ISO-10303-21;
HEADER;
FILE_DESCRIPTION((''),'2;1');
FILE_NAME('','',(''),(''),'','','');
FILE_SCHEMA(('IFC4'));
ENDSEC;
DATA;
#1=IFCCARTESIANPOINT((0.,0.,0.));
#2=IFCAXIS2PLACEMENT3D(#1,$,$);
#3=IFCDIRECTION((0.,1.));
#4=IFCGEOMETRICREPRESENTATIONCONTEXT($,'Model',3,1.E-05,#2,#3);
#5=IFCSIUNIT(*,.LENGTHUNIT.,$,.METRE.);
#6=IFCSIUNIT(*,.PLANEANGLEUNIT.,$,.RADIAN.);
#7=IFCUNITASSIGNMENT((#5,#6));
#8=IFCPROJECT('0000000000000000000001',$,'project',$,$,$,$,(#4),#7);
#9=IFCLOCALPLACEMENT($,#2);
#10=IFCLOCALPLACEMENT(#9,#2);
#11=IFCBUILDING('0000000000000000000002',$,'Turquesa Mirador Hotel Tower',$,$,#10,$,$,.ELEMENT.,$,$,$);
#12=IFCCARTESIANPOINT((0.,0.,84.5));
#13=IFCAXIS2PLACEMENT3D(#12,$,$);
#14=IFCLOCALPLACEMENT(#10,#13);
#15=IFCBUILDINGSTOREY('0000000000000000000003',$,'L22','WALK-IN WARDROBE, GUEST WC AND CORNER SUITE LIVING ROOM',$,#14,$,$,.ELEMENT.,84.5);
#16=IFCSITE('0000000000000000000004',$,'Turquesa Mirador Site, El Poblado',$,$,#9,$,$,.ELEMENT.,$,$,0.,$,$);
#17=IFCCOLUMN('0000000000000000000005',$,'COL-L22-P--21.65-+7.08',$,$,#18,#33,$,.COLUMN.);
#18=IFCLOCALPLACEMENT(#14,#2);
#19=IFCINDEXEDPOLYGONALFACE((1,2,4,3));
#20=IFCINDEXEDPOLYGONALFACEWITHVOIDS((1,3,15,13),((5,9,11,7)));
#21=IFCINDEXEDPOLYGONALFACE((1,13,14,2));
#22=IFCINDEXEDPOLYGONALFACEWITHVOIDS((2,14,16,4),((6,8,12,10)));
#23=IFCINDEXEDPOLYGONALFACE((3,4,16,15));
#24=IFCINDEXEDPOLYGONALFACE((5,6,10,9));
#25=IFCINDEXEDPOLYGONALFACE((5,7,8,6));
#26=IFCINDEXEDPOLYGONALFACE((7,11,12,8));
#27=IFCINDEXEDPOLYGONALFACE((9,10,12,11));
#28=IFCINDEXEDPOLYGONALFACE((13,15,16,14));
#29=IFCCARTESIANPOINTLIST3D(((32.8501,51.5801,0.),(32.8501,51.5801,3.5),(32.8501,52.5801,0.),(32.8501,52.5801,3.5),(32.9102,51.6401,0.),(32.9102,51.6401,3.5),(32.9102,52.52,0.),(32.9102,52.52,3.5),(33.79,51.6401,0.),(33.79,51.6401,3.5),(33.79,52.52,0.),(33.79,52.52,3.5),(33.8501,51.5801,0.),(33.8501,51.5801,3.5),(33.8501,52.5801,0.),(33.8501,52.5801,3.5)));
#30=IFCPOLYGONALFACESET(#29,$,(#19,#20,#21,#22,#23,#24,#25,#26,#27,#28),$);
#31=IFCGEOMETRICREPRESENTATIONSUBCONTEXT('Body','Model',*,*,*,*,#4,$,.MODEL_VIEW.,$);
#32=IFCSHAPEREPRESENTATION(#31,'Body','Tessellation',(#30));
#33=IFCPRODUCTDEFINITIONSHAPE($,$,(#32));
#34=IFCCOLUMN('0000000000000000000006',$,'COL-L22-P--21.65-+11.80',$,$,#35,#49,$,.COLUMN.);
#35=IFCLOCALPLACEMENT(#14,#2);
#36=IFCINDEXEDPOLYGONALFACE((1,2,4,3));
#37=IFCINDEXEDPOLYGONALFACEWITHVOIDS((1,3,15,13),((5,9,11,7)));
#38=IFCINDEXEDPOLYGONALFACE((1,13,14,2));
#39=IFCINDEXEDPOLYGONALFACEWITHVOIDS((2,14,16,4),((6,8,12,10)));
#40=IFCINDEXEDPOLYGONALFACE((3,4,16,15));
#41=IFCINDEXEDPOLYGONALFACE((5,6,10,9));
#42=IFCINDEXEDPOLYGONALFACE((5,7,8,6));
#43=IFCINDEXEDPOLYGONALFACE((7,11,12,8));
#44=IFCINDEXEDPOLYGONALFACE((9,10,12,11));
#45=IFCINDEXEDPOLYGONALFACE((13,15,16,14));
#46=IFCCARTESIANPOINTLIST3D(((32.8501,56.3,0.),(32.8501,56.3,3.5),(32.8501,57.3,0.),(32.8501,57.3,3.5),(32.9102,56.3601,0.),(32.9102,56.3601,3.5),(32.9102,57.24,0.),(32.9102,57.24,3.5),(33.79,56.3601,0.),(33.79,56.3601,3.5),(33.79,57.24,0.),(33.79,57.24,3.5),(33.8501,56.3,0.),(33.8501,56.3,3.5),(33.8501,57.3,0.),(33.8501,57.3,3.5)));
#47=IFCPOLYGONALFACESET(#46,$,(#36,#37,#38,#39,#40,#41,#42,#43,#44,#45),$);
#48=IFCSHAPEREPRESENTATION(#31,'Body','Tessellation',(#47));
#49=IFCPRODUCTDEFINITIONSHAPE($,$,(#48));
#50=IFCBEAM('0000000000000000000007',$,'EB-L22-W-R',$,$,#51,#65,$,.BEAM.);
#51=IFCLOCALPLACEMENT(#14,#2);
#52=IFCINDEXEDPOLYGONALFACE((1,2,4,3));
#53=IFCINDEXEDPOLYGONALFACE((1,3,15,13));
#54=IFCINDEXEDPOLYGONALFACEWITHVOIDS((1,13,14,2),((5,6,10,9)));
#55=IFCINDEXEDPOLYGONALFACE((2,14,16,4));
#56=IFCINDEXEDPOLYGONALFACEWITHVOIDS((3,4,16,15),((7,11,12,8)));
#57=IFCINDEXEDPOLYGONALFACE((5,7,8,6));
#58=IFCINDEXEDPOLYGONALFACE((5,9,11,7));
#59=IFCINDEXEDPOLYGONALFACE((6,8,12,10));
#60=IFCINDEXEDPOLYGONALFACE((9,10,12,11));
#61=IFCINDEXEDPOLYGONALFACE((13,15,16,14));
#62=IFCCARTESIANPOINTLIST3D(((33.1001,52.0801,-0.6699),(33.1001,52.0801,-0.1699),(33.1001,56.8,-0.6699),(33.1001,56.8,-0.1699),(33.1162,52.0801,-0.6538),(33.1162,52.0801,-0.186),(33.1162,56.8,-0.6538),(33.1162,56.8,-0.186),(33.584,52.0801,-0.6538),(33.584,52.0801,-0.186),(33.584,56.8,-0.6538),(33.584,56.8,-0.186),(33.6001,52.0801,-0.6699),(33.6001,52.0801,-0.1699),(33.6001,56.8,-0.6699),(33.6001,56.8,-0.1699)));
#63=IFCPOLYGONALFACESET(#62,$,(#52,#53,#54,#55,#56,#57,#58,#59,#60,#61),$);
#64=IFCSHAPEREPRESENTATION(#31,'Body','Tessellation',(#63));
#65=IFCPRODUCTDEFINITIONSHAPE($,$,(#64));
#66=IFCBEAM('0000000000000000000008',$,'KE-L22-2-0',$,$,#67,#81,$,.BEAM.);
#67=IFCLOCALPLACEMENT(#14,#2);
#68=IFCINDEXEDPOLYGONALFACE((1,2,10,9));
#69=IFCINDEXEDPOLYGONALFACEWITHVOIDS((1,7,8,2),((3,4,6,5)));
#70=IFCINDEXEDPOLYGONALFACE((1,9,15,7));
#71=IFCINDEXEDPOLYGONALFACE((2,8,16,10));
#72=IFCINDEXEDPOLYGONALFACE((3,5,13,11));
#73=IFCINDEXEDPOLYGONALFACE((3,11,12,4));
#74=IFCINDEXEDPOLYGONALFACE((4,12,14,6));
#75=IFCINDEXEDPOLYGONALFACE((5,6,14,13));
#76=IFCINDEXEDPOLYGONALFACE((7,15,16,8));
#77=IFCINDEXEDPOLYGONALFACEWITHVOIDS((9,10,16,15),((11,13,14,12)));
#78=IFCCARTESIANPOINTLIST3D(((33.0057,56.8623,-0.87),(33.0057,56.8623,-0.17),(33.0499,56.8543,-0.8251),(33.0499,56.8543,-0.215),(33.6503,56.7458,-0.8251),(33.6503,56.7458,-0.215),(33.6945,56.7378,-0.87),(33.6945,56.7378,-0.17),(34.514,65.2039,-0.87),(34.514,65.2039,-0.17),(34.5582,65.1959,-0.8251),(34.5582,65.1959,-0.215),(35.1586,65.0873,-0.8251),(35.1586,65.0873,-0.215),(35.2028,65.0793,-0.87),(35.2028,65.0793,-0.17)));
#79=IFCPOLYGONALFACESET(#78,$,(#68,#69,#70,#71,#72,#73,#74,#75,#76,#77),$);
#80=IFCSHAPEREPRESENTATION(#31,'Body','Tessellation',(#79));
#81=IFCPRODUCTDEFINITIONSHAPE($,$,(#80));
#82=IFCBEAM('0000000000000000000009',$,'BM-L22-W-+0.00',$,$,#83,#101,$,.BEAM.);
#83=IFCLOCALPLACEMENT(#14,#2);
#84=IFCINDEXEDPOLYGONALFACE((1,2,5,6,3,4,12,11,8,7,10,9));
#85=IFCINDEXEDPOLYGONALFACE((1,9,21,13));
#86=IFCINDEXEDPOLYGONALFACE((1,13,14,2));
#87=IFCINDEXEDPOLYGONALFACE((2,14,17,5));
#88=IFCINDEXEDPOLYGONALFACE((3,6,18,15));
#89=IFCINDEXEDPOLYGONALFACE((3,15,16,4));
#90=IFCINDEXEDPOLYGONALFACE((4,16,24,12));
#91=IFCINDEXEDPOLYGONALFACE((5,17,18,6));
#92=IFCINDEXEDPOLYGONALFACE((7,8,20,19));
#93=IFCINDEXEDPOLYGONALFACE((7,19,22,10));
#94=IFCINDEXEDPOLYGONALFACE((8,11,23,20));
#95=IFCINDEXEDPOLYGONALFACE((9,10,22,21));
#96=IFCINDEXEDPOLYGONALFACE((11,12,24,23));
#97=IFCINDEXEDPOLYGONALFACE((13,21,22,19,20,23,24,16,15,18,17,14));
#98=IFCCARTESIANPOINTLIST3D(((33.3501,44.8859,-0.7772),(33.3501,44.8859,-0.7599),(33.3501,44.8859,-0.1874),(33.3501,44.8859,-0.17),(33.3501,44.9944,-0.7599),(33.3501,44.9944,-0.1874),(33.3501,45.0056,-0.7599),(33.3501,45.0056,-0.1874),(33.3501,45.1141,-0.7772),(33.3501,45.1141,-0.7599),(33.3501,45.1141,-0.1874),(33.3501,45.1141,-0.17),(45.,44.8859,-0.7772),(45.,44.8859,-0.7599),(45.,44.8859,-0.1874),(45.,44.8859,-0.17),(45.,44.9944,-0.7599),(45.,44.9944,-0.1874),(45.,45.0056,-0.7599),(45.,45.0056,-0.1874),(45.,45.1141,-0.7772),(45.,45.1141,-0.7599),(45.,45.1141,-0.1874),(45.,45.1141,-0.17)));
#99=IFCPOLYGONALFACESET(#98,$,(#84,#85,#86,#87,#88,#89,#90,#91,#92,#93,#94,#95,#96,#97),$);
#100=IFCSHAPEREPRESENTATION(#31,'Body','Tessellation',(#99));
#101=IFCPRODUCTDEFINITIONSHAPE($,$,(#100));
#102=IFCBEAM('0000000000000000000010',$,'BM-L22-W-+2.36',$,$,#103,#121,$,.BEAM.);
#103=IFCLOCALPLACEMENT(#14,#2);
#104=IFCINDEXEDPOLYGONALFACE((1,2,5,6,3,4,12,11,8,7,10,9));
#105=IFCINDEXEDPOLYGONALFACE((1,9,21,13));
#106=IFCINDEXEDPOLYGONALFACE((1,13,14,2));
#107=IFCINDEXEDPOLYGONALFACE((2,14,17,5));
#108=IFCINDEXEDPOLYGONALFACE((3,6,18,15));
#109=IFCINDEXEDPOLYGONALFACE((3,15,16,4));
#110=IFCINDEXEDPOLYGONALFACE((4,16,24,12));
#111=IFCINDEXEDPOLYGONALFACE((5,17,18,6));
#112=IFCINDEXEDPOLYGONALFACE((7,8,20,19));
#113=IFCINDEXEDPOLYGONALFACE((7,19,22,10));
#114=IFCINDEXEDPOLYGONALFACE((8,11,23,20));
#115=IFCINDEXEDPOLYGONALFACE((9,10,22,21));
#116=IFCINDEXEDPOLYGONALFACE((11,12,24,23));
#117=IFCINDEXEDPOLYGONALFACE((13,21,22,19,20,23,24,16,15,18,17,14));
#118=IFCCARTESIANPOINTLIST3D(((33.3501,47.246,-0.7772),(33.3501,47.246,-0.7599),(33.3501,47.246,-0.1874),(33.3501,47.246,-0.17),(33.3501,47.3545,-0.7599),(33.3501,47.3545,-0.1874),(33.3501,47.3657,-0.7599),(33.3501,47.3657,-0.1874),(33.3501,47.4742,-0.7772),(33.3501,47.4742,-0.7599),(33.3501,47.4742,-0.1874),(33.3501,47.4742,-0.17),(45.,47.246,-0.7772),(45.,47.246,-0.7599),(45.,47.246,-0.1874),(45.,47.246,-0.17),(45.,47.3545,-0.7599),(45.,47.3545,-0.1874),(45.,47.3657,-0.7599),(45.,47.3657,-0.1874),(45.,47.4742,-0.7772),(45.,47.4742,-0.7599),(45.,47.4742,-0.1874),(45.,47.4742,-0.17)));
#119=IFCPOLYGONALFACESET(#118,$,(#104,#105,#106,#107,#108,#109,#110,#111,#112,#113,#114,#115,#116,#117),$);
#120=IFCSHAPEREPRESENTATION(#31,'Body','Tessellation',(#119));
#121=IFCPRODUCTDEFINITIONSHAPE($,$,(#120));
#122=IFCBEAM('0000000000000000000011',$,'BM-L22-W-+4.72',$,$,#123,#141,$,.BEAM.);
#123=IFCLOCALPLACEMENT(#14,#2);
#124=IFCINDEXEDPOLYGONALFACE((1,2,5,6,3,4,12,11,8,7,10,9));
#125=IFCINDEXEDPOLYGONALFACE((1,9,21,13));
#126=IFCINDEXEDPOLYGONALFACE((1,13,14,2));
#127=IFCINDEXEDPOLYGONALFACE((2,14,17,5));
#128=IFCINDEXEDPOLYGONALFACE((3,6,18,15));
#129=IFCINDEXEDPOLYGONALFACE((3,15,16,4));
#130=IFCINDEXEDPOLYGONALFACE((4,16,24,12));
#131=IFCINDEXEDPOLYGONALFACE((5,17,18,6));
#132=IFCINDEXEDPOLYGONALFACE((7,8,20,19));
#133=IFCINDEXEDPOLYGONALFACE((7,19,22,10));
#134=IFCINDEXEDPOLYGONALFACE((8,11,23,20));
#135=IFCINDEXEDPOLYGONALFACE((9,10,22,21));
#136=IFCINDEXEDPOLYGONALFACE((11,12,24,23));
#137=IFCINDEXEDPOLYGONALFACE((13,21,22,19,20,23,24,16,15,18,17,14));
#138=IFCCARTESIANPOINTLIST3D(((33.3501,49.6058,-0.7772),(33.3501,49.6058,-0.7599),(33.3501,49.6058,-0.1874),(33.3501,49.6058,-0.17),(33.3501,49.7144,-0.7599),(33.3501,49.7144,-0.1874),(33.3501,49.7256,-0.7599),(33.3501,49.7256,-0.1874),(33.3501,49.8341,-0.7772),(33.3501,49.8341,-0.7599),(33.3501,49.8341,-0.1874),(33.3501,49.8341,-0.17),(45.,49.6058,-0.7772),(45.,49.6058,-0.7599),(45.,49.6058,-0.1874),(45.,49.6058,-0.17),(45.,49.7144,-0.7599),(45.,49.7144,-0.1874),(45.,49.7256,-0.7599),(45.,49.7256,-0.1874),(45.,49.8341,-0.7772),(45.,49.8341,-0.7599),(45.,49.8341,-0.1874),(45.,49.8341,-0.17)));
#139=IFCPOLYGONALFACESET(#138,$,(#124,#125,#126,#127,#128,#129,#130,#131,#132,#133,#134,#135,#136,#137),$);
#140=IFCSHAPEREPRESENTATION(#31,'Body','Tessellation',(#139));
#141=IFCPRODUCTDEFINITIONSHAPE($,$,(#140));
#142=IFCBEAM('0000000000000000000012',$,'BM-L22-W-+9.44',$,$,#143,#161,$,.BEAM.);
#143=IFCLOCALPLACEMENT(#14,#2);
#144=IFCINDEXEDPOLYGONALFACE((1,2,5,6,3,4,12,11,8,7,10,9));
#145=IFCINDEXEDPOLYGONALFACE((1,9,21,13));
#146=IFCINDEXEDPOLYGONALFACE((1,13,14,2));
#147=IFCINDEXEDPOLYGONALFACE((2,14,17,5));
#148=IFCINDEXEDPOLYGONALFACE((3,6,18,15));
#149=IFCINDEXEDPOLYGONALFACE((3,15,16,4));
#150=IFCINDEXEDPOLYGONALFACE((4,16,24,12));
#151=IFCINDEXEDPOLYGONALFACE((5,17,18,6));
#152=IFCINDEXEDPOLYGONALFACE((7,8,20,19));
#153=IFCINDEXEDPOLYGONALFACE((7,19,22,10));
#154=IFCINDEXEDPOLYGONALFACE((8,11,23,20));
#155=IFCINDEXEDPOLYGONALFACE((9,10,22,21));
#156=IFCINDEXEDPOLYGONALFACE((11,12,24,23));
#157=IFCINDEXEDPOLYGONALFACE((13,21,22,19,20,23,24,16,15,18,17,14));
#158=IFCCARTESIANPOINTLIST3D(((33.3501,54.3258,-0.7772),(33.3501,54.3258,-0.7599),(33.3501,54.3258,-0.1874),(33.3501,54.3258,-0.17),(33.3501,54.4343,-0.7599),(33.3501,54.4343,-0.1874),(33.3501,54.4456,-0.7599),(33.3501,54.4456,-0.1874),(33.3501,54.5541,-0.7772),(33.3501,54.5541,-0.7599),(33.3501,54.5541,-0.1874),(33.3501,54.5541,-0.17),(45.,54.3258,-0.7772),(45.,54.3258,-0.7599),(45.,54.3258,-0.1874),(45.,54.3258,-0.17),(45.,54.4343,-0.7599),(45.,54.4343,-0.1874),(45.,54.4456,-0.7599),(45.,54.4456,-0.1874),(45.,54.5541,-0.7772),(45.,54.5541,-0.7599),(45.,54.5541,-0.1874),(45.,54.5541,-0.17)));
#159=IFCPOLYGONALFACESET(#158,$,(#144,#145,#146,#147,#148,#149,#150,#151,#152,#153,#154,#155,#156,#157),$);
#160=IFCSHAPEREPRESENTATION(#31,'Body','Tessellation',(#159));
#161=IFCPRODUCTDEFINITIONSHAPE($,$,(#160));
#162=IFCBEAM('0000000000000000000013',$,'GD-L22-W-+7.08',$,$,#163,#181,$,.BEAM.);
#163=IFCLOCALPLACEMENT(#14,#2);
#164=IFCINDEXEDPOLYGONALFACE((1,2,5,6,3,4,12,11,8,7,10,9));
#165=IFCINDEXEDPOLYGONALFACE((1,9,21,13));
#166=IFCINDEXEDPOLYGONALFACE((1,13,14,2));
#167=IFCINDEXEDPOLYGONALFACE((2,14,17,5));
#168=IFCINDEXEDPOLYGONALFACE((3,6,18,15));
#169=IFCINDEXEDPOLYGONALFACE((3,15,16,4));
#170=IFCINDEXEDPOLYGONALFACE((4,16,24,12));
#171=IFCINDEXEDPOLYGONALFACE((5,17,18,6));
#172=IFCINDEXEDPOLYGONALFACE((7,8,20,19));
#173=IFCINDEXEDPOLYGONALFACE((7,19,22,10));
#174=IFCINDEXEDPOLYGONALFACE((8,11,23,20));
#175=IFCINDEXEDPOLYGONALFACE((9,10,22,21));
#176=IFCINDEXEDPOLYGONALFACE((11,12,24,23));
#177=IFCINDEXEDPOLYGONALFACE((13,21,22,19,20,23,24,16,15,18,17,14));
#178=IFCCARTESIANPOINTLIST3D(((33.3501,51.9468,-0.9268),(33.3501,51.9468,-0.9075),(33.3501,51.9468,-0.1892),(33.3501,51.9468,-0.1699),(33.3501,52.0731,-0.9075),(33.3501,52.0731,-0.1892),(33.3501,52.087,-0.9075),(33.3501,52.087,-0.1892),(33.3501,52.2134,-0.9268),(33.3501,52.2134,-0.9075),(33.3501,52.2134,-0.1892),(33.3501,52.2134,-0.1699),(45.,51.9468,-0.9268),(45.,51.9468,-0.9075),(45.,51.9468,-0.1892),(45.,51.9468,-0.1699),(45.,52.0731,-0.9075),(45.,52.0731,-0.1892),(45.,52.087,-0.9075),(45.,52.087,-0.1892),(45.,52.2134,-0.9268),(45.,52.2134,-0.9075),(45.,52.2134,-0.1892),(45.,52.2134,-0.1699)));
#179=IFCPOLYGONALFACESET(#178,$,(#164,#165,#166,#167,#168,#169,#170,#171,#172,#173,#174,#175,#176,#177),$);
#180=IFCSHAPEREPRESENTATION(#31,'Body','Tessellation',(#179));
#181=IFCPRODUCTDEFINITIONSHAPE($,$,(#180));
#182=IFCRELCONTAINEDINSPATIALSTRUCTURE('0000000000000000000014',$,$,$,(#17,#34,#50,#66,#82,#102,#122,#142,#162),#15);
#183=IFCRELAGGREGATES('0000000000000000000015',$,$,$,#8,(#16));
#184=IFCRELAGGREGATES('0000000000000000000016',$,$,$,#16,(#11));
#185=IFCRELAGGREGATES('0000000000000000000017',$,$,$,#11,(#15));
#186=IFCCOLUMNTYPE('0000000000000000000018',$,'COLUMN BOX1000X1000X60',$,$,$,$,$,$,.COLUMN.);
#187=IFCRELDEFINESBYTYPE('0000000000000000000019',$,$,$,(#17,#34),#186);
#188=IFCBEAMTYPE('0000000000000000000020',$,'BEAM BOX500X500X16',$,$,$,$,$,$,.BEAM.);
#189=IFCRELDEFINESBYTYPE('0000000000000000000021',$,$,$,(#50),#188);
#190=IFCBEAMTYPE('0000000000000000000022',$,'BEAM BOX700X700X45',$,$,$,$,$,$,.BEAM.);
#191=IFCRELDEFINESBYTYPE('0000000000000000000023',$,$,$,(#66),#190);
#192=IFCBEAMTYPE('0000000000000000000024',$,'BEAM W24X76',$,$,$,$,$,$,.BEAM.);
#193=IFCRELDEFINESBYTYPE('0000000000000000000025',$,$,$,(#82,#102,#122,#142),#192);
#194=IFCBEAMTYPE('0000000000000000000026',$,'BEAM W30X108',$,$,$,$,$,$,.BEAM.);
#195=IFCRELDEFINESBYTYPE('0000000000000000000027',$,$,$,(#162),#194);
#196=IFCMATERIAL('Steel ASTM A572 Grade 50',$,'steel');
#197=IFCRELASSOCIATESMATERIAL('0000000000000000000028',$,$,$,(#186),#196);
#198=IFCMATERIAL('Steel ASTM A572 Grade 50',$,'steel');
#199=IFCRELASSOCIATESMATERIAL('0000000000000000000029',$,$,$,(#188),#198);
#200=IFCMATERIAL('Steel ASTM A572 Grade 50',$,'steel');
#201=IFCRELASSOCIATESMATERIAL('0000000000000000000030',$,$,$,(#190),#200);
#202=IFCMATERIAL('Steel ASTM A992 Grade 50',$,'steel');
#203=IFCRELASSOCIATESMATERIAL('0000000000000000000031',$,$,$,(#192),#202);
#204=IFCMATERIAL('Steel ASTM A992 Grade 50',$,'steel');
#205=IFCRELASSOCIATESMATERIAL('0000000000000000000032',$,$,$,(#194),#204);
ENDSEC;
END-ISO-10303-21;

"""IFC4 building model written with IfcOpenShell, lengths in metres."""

from ifc_helpers import new_model, si_unit, direction, frame, origin, origin_2d, place, context, subcontext, project, spatial, hollow_rectangle, i_section, extrude, material, material_profile, profile_set, type_object, element, save


model = new_model("IFC4")

# Units and contexts
model_context = context("Model", 3, precision=1e-05, world=origin(), true_north=direction((0.0, 1.0)))
body_context = subcontext(model_context, "Body", "Model", "MODEL_VIEW")
ifc_project = project(units=[si_unit("LENGTHUNIT", "METRE"), si_unit("PLANEANGLEUNIT", "RADIAN")], contexts=[model_context])

# Site, building, storey
site_placement = place(None, origin())
site = spatial("IfcSite", under=ifc_project, at=site_placement, Name="Turquesa Mirador Site, El Poblado", CompositionType="ELEMENT", RefElevation=0.0)
building_placement = place(site_placement, origin())
building = spatial("IfcBuilding", under=site, at=building_placement, Name="Turquesa Mirador Hotel Tower", CompositionType="ELEMENT")
storey_placement = place(building_placement, frame((0.0, 0.0, 84.5)))
storey = spatial("IfcBuildingStorey", under=building, at=storey_placement, Name="L22", Description="WALK-IN WARDROBE, GUEST WC AND CORNER SUITE LIVING ROOM", CompositionType="ELEMENT", Elevation=84.5)

# Columns
ifc_material_1 = material(Name="Steel ASTM A572 Grade 50", Category="steel")
ifc_material_profile_1 = material_profile(ifc_material_1, hollow_rectangle(XDim=1.0, YDim=1.0, WallThickness=0.0601, at=origin_2d()), Name="BOX1000X1000X60")
ifc_profile_set_1 = profile_set([ifc_material_profile_1], Name="Steel ASTM A572 Grade 50")
column_type = type_object("IfcColumnType", Name="COLUMN BOX1000X1000X60", PredefinedType="COLUMN", material=ifc_profile_set_1)
for number, where, z_axis, x_axis, name in (
    (1, (33.3501, 52.0801, 0.0), (0.0, 0.0, 1.0), (1.0, 0.0, 0.0), "COL-L22-P--21.65-+7.08"),
    (2, (33.3501, 56.8, 0.0), (0.0, 0.0, 1.0), (1.0, 0.0, 0.0), "COL-L22-P--21.65-+11.80"),
):
    element("IfcColumn", number, at=place(storey_placement, frame(where, z_axis=z_axis, x_axis=x_axis)), inside=storey, type_object=column_type, Name=name, PredefinedType="COLUMN", context=body_context, shape_type="SweptSolid", body=[
        extrude(hollow_rectangle(XDim=1.0, YDim=1.0, WallThickness=0.0601, at=origin_2d()), origin(), (0.0, 0.0, 1.0), 3.5),
    ])

# Beams
ifc_material_2 = material(Name="Steel ASTM A572 Grade 50", Category="steel")
ifc_material_profile_2 = material_profile(ifc_material_2, hollow_rectangle(XDim=0.5, YDim=0.5, WallThickness=0.0161, at=origin_2d()), Name="BOX500X500X16")
ifc_profile_set_2 = profile_set([ifc_material_profile_2], Name="Steel ASTM A572 Grade 50")
beam_type_1 = type_object("IfcBeamType", Name="BEAM BOX500X500X16", PredefinedType="BEAM", material=ifc_profile_set_2)
beam_1_placement = place(storey_placement, frame((33.3501, 52.0801, -0.4199), z_axis=(0.0, 1.0, 0.0), x_axis=(-1.0, 0.0, 0.0)))
element("IfcBeam", 3, at=beam_1_placement, inside=storey, type_object=beam_type_1, Name="EB-L22-W-R", PredefinedType="BEAM", context=body_context, shape_type="SweptSolid", body=[
    extrude(hollow_rectangle(XDim=0.5, YDim=0.5, WallThickness=0.0161, at=origin_2d()), origin(), (0.0, 0.0, 1.0), 4.72),
])
ifc_material_3 = material(Name="Steel ASTM A572 Grade 50", Category="steel")
ifc_material_profile_3 = material_profile(ifc_material_3, hollow_rectangle(XDim=0.7, YDim=0.7, WallThickness=0.0449, at=origin_2d()), Name="BOX700X700X45")
ifc_profile_set_3 = profile_set([ifc_material_profile_3], Name="Steel ASTM A572 Grade 50")
beam_type_2 = type_object("IfcBeamType", Name="BEAM BOX700X700X45", PredefinedType="BEAM", material=ifc_profile_set_3)
beam_2_placement = place(storey_placement, frame((33.3501, 56.8, -0.52), z_axis=(0.177932, 0.984043, 0.0), x_axis=(-0.984043, 0.177932, 0.0)))
element("IfcBeam", 4, at=beam_2_placement, inside=storey, type_object=beam_type_2, Name="KE-L22-2-0", PredefinedType="BEAM", context=body_context, shape_type="SweptSolid", body=[
    extrude(hollow_rectangle(XDim=0.7, YDim=0.7, WallThickness=0.0449, at=origin_2d()), origin(), (0.0, 0.0, 1.0), 8.4768),
])
ifc_material_4 = material(Name="Steel ASTM A992 Grade 50", Category="steel")
ifc_material_profile_4 = material_profile(ifc_material_4, i_section(OverallWidth=0.2283, OverallDepth=0.6072, WebThickness=0.0112, FlangeThickness=0.0173, at=origin_2d()), Name="W24X76")
ifc_profile_set_4 = profile_set([ifc_material_profile_4], Name="Steel ASTM A992 Grade 50")
beam_type_3 = type_object("IfcBeamType", Name="BEAM W24X76", PredefinedType="BEAM", material=ifc_profile_set_4)
for number, where, z_axis, x_axis, name in (
    (5, (33.3501, 45.0, -0.4736), (1.0, 0.0, 0.0), (0.0, 1.0, 0.0), "BM-L22-W-+0.00"),
    (6, (33.3501, 47.3601, -0.4736), (1.0, 0.0, 0.0), (0.0, 1.0, 0.0), "BM-L22-W-+2.36"),
    (7, (33.3501, 49.72, -0.4736), (1.0, 0.0, 0.0), (0.0, 1.0, 0.0), "BM-L22-W-+4.72"),
    (8, (33.3501, 54.4399, -0.4736), (1.0, 0.0, 0.0), (0.0, 1.0, 0.0), "BM-L22-W-+9.44"),
):
    element("IfcBeam", number, at=place(storey_placement, frame(where, z_axis=z_axis, x_axis=x_axis)), inside=storey, type_object=beam_type_3, Name=name, PredefinedType="BEAM", context=body_context, shape_type="SweptSolid", body=[
        extrude(i_section(OverallWidth=0.2283, OverallDepth=0.6072, WebThickness=0.0112, FlangeThickness=0.0173, at=origin_2d()), origin(), (0.0, 0.0, 1.0), 11.6499),
    ])
ifc_material_5 = material(Name="Steel ASTM A992 Grade 50", Category="steel")
ifc_material_profile_5 = material_profile(ifc_material_5, i_section(OverallWidth=0.2666, OverallDepth=0.7568, WebThickness=0.0139, FlangeThickness=0.0193, at=origin_2d()), Name="W30X108")
ifc_profile_set_5 = profile_set([ifc_material_profile_5], Name="Steel ASTM A992 Grade 50")
beam_type_4 = type_object("IfcBeamType", Name="BEAM W30X108", PredefinedType="BEAM", material=ifc_profile_set_5)
beam_3_placement = place(storey_placement, frame((33.3501, 52.0801, -0.5483), z_axis=(1.0, 0.0, 0.0), x_axis=(0.0, 1.0, 0.0)))
element("IfcBeam", 9, at=beam_3_placement, inside=storey, type_object=beam_type_4, Name="GD-L22-W-+7.08", PredefinedType="BEAM", context=body_context, shape_type="SweptSolid", body=[
    extrude(i_section(OverallWidth=0.2666, OverallDepth=0.7568, WebThickness=0.0139, FlangeThickness=0.0193, at=origin_2d()), origin(), (0.0, 0.0, 1.0), 11.6499),
])

save(model, "model.ifc")
